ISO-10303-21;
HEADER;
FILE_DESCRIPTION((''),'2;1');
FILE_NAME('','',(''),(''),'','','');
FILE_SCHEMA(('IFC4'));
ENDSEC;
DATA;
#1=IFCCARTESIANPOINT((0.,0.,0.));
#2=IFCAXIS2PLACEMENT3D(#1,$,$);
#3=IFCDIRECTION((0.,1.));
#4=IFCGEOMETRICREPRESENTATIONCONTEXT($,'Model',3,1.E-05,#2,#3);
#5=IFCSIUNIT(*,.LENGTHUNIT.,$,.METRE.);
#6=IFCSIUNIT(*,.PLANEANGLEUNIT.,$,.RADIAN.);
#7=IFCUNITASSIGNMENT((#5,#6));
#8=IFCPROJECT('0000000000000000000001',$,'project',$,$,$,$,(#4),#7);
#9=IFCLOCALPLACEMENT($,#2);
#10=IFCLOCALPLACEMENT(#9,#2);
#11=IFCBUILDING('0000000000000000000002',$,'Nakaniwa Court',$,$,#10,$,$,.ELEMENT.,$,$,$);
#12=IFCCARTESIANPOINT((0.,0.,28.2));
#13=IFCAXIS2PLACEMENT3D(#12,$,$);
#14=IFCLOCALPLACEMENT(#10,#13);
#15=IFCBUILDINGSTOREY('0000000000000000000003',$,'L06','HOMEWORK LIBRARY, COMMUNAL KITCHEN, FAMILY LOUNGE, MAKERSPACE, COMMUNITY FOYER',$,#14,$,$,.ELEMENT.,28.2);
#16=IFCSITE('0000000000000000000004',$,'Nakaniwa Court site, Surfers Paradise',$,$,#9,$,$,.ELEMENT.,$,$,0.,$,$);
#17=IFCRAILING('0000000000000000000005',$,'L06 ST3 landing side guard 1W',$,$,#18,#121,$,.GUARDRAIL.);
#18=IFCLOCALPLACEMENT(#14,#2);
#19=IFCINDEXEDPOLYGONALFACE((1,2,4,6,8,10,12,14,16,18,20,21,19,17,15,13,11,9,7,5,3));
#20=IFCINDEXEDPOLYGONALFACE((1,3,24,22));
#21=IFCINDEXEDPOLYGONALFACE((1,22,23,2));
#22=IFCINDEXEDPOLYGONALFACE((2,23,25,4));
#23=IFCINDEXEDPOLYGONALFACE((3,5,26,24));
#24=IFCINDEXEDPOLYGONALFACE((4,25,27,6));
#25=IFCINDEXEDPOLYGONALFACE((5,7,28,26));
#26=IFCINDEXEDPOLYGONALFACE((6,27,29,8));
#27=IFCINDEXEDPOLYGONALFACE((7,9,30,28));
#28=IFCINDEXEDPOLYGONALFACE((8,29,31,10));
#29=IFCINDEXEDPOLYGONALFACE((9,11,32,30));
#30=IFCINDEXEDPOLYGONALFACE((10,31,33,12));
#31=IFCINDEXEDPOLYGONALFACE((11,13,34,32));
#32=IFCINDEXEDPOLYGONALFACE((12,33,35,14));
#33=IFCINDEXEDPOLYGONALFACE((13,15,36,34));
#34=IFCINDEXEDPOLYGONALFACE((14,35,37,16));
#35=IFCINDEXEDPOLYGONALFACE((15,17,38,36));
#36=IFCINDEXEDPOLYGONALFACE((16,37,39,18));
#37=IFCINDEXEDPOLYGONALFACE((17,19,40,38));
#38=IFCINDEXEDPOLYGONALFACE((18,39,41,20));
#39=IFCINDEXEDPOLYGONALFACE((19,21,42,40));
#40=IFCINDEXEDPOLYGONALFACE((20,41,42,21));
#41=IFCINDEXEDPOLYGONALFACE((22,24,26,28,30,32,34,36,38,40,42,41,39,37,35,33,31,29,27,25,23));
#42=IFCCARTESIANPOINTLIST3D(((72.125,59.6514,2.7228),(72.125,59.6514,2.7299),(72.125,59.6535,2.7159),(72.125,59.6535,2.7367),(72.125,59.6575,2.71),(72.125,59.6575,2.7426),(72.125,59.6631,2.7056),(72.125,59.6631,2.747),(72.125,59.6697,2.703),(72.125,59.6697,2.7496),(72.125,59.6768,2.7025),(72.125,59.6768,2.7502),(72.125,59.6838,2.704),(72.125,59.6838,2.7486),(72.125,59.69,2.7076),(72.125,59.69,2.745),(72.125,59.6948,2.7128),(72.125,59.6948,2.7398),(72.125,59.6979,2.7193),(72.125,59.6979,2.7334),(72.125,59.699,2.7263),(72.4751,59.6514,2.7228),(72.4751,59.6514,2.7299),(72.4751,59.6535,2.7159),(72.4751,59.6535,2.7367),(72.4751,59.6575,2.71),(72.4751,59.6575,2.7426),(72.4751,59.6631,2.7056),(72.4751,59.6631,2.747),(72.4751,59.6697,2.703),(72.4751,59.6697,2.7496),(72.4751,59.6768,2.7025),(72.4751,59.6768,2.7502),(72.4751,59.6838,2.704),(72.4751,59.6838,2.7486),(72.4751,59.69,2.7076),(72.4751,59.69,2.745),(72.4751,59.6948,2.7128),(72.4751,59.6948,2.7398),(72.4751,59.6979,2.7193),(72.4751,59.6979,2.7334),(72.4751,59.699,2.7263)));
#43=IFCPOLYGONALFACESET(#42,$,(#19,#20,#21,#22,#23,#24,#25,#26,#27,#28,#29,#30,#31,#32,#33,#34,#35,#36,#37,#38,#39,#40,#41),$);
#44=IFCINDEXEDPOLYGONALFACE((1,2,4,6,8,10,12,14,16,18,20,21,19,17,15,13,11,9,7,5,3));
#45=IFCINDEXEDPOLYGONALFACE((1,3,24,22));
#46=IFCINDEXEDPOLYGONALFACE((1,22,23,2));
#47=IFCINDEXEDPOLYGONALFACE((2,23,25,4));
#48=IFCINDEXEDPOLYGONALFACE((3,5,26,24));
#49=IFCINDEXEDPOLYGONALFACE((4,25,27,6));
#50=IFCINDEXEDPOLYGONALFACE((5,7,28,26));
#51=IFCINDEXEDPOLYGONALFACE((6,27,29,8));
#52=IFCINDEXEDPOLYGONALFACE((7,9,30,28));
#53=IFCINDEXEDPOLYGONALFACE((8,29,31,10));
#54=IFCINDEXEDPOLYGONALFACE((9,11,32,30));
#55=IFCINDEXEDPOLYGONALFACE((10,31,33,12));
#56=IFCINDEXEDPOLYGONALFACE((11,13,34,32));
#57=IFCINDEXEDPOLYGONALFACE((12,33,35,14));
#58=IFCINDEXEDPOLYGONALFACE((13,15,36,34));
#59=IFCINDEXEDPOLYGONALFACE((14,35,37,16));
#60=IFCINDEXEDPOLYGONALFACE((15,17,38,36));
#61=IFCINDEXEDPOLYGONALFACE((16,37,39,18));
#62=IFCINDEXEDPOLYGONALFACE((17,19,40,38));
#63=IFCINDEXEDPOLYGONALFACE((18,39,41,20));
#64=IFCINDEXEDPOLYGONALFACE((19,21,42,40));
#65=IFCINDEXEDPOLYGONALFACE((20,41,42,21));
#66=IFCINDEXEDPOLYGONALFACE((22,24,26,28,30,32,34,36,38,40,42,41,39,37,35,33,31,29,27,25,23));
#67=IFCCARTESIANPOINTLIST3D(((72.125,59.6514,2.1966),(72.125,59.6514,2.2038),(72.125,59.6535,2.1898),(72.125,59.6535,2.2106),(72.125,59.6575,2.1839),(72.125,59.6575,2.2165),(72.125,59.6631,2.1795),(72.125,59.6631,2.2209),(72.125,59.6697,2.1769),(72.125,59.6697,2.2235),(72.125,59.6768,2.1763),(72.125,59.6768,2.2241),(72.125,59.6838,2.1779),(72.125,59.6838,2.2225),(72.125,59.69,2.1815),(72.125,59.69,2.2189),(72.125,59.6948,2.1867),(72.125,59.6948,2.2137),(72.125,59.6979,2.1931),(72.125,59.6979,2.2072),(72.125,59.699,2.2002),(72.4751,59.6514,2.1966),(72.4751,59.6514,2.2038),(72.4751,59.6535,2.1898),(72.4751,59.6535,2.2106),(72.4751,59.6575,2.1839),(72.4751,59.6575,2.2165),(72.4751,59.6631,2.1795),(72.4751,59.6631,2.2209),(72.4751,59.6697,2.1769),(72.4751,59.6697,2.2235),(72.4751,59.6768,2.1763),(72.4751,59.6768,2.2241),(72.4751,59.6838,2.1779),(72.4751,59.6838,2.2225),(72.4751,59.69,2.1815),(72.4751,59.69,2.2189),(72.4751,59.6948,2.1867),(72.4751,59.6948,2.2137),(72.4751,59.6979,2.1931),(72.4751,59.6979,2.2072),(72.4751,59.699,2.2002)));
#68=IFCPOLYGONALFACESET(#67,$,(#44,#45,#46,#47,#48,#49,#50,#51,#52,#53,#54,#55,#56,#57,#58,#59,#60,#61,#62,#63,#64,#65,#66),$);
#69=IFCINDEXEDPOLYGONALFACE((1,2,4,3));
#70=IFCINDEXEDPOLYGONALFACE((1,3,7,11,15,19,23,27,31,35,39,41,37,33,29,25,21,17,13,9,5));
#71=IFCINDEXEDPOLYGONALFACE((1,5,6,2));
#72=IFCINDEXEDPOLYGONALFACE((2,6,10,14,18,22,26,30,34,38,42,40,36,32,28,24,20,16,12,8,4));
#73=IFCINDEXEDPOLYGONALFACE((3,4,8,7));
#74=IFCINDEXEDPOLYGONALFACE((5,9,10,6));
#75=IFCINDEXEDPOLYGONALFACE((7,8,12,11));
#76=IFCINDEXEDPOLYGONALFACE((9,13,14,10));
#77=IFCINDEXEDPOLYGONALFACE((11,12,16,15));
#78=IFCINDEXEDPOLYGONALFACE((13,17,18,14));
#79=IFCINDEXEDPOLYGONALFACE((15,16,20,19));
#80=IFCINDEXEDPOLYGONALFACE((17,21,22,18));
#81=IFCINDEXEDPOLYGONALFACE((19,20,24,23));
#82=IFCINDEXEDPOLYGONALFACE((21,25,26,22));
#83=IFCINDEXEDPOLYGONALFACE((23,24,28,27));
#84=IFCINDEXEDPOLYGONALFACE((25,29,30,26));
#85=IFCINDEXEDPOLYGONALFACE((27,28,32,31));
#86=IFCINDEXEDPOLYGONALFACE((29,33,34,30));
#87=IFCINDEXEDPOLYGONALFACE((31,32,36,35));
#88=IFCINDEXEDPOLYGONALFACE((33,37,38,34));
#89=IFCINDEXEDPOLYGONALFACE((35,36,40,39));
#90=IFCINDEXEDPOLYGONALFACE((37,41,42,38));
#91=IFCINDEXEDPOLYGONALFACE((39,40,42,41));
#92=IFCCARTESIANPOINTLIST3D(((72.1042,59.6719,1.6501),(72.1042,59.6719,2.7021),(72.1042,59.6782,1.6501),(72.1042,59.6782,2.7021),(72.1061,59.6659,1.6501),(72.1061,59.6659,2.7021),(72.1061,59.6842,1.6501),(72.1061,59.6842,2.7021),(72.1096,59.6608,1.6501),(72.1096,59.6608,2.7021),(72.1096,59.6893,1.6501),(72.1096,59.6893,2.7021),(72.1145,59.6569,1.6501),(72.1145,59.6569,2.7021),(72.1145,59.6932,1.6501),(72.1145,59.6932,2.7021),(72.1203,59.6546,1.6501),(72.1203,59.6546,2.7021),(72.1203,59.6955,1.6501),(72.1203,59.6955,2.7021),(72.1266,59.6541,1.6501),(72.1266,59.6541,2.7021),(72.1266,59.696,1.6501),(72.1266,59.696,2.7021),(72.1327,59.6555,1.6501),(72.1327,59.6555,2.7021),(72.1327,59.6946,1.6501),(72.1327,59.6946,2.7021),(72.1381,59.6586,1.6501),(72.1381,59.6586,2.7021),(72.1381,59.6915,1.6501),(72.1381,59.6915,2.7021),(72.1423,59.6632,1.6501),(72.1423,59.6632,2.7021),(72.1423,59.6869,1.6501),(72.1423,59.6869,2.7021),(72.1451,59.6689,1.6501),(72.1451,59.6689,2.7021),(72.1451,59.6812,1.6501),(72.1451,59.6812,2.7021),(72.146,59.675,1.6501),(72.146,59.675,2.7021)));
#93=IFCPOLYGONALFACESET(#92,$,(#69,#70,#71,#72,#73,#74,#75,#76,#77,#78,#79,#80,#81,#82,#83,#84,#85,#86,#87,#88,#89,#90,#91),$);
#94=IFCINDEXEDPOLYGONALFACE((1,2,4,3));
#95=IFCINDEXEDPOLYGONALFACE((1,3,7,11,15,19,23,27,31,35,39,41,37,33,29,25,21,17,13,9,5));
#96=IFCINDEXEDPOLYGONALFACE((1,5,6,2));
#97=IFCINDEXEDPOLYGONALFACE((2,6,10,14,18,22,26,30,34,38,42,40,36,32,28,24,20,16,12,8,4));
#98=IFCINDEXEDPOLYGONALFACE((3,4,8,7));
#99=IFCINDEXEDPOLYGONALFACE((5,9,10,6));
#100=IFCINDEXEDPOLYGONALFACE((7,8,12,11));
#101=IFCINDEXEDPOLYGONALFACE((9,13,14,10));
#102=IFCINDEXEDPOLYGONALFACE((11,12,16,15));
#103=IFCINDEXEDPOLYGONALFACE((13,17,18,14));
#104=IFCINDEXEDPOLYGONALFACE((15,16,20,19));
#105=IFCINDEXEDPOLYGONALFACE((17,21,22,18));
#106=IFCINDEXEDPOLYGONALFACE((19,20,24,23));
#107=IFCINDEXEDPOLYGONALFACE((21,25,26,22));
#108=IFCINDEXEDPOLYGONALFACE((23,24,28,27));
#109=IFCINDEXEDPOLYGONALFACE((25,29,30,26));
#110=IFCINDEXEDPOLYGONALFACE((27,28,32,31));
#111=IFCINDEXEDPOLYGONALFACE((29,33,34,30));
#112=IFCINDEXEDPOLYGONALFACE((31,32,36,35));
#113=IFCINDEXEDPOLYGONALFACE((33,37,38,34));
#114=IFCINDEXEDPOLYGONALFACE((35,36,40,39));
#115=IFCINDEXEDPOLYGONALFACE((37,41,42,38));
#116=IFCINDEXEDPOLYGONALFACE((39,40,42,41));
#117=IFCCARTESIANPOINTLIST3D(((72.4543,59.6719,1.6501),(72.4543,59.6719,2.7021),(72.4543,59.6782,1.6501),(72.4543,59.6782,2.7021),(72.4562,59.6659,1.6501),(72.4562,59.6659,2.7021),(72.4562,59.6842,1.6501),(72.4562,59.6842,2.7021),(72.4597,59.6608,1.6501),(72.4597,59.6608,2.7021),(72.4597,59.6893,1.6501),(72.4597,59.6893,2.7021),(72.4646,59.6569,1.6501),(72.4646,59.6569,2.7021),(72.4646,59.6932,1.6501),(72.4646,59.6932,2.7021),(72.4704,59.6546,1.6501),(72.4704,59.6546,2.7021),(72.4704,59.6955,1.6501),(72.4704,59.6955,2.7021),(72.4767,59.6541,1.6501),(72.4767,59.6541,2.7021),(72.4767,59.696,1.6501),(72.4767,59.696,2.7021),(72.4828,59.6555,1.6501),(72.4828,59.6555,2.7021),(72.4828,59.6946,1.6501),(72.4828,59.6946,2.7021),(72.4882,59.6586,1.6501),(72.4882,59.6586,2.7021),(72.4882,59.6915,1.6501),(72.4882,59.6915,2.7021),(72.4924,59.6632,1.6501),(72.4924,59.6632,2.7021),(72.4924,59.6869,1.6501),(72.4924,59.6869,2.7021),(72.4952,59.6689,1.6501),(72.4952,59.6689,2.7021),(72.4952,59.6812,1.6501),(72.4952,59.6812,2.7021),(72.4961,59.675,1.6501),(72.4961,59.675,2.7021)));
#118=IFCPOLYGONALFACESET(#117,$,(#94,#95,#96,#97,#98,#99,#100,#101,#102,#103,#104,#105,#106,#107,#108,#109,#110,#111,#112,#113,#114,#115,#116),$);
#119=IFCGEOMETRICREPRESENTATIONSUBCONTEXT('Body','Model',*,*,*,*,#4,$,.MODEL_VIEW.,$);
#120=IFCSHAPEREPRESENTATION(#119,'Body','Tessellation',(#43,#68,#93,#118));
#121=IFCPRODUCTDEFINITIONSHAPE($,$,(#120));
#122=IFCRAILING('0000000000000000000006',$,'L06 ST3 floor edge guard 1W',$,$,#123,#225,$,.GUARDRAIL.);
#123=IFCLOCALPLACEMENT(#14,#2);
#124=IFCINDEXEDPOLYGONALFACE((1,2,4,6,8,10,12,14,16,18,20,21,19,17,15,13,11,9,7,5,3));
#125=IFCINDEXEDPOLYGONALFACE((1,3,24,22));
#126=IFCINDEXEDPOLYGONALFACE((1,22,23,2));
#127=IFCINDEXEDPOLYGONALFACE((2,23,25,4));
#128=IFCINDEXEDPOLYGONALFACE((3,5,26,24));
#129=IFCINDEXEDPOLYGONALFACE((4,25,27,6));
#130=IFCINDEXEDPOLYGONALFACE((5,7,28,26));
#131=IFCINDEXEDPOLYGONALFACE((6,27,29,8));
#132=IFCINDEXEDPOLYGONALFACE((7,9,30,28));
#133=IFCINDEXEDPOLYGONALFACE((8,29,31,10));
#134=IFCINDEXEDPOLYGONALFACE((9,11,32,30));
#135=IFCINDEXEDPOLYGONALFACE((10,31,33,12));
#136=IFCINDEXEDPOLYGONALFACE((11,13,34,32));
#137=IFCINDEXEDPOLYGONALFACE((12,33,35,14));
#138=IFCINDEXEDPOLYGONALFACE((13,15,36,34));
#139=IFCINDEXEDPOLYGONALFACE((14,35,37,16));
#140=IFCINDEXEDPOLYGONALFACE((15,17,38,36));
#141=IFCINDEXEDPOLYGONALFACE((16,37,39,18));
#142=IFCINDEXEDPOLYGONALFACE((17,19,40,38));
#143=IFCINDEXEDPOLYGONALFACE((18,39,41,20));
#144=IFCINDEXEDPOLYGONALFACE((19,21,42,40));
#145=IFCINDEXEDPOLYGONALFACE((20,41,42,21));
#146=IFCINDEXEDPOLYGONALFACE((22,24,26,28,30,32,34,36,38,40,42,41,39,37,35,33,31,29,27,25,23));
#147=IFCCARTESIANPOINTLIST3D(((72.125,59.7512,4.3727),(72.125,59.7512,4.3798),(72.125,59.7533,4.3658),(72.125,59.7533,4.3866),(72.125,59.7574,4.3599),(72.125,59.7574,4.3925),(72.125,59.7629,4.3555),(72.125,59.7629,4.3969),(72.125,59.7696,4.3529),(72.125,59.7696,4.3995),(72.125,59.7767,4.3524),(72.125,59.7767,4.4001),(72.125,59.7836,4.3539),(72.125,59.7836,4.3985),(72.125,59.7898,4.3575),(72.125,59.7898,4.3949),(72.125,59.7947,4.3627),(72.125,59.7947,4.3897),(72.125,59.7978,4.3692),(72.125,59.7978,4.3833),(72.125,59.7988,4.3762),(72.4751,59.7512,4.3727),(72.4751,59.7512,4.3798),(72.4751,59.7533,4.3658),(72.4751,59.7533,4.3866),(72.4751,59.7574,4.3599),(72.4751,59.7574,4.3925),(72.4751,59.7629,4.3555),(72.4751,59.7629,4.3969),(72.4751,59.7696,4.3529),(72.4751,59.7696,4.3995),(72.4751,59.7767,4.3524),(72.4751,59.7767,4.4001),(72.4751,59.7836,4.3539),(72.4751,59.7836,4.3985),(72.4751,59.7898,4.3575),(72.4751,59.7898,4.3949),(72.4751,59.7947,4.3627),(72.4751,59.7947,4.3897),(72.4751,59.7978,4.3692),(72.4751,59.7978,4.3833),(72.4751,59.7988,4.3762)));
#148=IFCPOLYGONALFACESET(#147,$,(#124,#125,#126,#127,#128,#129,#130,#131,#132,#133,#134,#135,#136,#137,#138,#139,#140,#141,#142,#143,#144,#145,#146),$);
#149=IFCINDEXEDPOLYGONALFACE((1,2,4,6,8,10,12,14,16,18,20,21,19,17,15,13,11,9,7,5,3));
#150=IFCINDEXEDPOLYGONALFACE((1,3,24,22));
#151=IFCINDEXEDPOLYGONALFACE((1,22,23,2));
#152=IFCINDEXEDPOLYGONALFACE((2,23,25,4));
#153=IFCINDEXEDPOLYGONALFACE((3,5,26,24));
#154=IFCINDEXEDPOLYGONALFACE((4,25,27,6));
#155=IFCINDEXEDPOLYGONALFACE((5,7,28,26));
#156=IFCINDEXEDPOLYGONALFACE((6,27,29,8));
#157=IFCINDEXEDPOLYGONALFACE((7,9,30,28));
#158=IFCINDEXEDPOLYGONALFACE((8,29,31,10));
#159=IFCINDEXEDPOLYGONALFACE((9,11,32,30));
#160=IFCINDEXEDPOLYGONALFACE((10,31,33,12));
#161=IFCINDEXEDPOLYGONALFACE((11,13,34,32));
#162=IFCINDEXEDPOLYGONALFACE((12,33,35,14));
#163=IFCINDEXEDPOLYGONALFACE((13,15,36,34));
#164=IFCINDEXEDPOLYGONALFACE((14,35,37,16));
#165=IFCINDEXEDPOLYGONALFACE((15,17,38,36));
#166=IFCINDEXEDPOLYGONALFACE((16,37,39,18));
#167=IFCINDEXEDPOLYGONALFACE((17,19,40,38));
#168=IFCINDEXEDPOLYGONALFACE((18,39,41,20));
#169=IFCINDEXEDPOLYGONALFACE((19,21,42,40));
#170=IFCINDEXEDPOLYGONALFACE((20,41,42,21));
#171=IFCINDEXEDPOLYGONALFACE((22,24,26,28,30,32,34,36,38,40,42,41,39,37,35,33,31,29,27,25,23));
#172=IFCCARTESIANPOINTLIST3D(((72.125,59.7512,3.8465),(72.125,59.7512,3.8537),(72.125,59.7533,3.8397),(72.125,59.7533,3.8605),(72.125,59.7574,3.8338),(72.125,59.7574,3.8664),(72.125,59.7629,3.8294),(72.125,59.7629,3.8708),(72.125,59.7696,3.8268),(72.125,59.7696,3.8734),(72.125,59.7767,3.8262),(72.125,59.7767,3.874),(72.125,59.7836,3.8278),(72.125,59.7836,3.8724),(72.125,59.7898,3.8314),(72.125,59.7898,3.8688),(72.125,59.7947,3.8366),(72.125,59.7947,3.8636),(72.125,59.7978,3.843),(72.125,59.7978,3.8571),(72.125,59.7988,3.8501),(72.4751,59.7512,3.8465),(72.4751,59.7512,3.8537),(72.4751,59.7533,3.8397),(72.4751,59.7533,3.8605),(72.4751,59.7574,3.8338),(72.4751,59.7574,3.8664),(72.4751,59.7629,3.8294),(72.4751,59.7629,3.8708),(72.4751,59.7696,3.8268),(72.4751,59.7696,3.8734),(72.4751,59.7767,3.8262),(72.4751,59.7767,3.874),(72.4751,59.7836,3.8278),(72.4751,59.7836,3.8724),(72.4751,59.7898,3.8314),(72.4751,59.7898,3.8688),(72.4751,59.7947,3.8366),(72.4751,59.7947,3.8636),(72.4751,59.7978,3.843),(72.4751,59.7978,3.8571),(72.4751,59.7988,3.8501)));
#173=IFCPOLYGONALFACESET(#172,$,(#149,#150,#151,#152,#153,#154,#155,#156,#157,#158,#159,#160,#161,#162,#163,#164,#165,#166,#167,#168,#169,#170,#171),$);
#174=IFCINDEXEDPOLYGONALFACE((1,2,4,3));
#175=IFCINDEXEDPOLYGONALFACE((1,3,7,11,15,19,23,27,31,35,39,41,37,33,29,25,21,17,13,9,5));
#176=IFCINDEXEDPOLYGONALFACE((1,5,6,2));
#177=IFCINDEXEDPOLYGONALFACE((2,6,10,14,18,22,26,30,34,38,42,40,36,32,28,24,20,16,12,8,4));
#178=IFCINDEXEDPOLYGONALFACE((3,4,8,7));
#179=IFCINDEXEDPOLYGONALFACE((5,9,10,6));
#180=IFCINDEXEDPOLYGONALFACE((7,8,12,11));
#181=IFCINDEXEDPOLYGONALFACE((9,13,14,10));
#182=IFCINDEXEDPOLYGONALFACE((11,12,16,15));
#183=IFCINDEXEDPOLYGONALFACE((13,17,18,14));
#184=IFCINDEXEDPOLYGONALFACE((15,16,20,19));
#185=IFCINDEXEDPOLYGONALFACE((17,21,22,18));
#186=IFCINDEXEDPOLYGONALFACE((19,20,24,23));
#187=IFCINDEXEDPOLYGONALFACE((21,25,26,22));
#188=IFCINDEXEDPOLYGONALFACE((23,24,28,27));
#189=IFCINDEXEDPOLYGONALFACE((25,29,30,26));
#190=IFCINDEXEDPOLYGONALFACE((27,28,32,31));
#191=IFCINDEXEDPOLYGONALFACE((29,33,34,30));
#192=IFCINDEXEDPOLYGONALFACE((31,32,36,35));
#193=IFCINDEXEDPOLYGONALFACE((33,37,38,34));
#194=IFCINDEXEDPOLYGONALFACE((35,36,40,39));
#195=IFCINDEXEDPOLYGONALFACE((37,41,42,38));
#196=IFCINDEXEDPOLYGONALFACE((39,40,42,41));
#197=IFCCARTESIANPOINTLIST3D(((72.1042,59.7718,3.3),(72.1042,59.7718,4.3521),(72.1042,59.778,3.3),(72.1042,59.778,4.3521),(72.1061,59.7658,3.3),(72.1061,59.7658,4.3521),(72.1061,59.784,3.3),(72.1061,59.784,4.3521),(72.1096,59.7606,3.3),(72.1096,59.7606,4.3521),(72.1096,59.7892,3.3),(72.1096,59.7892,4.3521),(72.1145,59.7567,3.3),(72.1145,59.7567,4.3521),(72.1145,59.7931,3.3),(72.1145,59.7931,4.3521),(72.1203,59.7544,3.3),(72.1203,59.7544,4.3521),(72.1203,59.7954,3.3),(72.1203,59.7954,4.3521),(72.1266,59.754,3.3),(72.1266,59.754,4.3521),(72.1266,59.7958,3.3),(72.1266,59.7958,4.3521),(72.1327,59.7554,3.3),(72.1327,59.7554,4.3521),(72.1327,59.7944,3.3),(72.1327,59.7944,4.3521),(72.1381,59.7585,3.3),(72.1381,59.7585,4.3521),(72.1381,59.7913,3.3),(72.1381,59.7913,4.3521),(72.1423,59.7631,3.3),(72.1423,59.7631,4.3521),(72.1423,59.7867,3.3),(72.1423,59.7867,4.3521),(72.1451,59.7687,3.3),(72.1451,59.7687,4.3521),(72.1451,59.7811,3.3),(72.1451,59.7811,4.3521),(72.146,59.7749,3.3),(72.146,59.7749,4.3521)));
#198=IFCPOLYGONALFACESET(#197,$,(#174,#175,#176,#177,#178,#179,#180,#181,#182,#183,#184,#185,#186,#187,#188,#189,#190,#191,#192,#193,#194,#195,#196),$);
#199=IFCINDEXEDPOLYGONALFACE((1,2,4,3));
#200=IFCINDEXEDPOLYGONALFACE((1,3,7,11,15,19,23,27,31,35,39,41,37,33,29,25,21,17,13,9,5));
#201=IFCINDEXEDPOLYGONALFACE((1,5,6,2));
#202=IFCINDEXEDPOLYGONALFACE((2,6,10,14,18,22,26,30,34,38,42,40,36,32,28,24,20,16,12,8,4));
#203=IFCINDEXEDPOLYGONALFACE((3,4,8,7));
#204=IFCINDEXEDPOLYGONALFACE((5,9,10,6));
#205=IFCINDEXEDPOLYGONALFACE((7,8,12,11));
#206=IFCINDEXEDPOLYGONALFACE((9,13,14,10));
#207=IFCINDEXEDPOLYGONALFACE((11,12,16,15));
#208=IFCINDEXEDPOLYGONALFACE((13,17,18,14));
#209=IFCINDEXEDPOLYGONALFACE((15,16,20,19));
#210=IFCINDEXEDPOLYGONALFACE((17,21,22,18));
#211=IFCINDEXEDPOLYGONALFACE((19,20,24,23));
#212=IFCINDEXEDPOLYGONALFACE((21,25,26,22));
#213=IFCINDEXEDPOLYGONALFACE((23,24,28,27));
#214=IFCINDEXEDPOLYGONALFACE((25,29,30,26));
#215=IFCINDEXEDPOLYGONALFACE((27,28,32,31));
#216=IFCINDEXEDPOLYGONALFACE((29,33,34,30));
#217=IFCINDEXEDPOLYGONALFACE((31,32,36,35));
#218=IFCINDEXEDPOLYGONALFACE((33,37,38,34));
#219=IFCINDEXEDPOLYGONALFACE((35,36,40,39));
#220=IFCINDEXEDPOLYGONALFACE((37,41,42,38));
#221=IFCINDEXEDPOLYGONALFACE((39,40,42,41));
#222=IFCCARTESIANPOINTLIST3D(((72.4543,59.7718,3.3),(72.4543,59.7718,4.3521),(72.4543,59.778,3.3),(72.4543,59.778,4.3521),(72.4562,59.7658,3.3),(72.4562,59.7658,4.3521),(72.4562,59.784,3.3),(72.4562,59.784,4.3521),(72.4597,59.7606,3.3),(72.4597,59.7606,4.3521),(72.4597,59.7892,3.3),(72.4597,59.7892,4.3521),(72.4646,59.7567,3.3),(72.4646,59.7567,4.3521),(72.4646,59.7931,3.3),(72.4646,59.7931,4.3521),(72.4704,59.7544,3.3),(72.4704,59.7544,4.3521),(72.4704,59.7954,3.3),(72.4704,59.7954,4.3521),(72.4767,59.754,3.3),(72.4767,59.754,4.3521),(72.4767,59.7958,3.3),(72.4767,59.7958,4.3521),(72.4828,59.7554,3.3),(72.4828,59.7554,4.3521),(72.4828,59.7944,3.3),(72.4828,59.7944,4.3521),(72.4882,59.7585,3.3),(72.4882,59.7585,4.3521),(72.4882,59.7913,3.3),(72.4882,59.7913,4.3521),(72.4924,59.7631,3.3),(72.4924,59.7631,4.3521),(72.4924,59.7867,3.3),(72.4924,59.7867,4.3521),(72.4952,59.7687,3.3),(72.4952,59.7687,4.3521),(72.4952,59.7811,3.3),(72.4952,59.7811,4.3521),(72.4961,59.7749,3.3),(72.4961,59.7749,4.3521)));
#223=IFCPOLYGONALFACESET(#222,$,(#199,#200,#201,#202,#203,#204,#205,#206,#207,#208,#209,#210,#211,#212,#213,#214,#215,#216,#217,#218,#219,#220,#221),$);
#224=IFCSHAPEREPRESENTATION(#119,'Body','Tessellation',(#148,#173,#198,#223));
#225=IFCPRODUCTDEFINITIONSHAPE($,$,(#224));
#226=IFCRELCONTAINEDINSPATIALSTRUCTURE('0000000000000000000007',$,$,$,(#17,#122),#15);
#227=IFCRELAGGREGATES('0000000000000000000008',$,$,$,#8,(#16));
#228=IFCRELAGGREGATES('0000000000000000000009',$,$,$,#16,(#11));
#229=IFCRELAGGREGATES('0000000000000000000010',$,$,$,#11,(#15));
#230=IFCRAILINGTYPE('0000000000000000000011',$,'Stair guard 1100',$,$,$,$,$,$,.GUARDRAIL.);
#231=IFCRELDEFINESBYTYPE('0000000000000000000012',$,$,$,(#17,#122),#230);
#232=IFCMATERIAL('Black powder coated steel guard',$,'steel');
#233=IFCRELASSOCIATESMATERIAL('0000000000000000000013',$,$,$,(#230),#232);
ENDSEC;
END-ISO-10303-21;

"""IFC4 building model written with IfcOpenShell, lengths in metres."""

from ifc_helpers import new_model, si_unit, direction, frame, origin, origin_2d, place, context, subcontext, project, spatial, circle, extrude, material, type_object, element, save


model = new_model("IFC4")

# Units and contexts
model_context = context("Model", 3, precision=1e-05, world=origin(), true_north=direction((0.0, 1.0)))
body_context = subcontext(model_context, "Body", "Model", "MODEL_VIEW")
ifc_project = project(units=[si_unit("LENGTHUNIT", "METRE"), si_unit("PLANEANGLEUNIT", "RADIAN")], contexts=[model_context])

# Site, building, storey
site_placement = place(None, origin())
site = spatial("IfcSite", under=ifc_project, at=site_placement, Name="Nakaniwa Court site, Surfers Paradise", CompositionType="ELEMENT", RefElevation=0.0)
building_placement = place(site_placement, origin())
building = spatial("IfcBuilding", under=site, at=building_placement, Name="Nakaniwa Court", CompositionType="ELEMENT")
storey_placement = place(building_placement, frame((0.0, 0.0, 28.2)))
storey = spatial("IfcBuildingStorey", under=building, at=storey_placement, Name="L06", Description="HOMEWORK LIBRARY, COMMUNAL KITCHEN, FAMILY LOUNGE, MAKERSPACE, COMMUNITY FOYER", CompositionType="ELEMENT", Elevation=28.2)

# Railings
ifc_material_1 = material(Name="Black powder coated steel guard", Category="steel")
railing_type_1 = type_object("IfcRailingType", Name="Stair guard 1100", PredefinedType="GUARDRAIL", material=ifc_material_1)
for number, where, name in (
    (1, (72.125, 59.675, 1.6501), "L06 ST3 landing side guard 1W"),
    (2, (72.125, 59.7749, 3.3), "L06 ST3 floor edge guard 1W"),
):
    element("IfcRailing", number, at=place(storey_placement, frame(where)), inside=storey, type_object=railing_type_1, Name=name, PredefinedType="GUARDRAIL", context=body_context, shape_type="SweptSolid", body=[
        extrude(circle(Radius=0.0239, at=origin_2d()), frame((0.0, 0.0, 1.0762), z_axis=(1.0, 0.0, 0.0), x_axis=(0.0, 1.0, 0.0)), (0.0, 0.0, 1.0), 0.3501),
        extrude(circle(Radius=0.0239, at=origin_2d()), frame((0.0, 0.0, 0.55), z_axis=(1.0, 0.0, 0.0), x_axis=(0.0, 1.0, 0.0)), (0.0, 0.0, 1.0), 0.3501),
        extrude(circle(Radius=0.021, at=origin_2d()), origin(), (0.0, 0.0, 1.0), 1.052),
        extrude(circle(Radius=0.021, at=origin_2d()), frame((0.3501, 0.0, 0.0)), (0.0, 0.0, 1.0), 1.052),
    ])

save(model, "model.ifc")
